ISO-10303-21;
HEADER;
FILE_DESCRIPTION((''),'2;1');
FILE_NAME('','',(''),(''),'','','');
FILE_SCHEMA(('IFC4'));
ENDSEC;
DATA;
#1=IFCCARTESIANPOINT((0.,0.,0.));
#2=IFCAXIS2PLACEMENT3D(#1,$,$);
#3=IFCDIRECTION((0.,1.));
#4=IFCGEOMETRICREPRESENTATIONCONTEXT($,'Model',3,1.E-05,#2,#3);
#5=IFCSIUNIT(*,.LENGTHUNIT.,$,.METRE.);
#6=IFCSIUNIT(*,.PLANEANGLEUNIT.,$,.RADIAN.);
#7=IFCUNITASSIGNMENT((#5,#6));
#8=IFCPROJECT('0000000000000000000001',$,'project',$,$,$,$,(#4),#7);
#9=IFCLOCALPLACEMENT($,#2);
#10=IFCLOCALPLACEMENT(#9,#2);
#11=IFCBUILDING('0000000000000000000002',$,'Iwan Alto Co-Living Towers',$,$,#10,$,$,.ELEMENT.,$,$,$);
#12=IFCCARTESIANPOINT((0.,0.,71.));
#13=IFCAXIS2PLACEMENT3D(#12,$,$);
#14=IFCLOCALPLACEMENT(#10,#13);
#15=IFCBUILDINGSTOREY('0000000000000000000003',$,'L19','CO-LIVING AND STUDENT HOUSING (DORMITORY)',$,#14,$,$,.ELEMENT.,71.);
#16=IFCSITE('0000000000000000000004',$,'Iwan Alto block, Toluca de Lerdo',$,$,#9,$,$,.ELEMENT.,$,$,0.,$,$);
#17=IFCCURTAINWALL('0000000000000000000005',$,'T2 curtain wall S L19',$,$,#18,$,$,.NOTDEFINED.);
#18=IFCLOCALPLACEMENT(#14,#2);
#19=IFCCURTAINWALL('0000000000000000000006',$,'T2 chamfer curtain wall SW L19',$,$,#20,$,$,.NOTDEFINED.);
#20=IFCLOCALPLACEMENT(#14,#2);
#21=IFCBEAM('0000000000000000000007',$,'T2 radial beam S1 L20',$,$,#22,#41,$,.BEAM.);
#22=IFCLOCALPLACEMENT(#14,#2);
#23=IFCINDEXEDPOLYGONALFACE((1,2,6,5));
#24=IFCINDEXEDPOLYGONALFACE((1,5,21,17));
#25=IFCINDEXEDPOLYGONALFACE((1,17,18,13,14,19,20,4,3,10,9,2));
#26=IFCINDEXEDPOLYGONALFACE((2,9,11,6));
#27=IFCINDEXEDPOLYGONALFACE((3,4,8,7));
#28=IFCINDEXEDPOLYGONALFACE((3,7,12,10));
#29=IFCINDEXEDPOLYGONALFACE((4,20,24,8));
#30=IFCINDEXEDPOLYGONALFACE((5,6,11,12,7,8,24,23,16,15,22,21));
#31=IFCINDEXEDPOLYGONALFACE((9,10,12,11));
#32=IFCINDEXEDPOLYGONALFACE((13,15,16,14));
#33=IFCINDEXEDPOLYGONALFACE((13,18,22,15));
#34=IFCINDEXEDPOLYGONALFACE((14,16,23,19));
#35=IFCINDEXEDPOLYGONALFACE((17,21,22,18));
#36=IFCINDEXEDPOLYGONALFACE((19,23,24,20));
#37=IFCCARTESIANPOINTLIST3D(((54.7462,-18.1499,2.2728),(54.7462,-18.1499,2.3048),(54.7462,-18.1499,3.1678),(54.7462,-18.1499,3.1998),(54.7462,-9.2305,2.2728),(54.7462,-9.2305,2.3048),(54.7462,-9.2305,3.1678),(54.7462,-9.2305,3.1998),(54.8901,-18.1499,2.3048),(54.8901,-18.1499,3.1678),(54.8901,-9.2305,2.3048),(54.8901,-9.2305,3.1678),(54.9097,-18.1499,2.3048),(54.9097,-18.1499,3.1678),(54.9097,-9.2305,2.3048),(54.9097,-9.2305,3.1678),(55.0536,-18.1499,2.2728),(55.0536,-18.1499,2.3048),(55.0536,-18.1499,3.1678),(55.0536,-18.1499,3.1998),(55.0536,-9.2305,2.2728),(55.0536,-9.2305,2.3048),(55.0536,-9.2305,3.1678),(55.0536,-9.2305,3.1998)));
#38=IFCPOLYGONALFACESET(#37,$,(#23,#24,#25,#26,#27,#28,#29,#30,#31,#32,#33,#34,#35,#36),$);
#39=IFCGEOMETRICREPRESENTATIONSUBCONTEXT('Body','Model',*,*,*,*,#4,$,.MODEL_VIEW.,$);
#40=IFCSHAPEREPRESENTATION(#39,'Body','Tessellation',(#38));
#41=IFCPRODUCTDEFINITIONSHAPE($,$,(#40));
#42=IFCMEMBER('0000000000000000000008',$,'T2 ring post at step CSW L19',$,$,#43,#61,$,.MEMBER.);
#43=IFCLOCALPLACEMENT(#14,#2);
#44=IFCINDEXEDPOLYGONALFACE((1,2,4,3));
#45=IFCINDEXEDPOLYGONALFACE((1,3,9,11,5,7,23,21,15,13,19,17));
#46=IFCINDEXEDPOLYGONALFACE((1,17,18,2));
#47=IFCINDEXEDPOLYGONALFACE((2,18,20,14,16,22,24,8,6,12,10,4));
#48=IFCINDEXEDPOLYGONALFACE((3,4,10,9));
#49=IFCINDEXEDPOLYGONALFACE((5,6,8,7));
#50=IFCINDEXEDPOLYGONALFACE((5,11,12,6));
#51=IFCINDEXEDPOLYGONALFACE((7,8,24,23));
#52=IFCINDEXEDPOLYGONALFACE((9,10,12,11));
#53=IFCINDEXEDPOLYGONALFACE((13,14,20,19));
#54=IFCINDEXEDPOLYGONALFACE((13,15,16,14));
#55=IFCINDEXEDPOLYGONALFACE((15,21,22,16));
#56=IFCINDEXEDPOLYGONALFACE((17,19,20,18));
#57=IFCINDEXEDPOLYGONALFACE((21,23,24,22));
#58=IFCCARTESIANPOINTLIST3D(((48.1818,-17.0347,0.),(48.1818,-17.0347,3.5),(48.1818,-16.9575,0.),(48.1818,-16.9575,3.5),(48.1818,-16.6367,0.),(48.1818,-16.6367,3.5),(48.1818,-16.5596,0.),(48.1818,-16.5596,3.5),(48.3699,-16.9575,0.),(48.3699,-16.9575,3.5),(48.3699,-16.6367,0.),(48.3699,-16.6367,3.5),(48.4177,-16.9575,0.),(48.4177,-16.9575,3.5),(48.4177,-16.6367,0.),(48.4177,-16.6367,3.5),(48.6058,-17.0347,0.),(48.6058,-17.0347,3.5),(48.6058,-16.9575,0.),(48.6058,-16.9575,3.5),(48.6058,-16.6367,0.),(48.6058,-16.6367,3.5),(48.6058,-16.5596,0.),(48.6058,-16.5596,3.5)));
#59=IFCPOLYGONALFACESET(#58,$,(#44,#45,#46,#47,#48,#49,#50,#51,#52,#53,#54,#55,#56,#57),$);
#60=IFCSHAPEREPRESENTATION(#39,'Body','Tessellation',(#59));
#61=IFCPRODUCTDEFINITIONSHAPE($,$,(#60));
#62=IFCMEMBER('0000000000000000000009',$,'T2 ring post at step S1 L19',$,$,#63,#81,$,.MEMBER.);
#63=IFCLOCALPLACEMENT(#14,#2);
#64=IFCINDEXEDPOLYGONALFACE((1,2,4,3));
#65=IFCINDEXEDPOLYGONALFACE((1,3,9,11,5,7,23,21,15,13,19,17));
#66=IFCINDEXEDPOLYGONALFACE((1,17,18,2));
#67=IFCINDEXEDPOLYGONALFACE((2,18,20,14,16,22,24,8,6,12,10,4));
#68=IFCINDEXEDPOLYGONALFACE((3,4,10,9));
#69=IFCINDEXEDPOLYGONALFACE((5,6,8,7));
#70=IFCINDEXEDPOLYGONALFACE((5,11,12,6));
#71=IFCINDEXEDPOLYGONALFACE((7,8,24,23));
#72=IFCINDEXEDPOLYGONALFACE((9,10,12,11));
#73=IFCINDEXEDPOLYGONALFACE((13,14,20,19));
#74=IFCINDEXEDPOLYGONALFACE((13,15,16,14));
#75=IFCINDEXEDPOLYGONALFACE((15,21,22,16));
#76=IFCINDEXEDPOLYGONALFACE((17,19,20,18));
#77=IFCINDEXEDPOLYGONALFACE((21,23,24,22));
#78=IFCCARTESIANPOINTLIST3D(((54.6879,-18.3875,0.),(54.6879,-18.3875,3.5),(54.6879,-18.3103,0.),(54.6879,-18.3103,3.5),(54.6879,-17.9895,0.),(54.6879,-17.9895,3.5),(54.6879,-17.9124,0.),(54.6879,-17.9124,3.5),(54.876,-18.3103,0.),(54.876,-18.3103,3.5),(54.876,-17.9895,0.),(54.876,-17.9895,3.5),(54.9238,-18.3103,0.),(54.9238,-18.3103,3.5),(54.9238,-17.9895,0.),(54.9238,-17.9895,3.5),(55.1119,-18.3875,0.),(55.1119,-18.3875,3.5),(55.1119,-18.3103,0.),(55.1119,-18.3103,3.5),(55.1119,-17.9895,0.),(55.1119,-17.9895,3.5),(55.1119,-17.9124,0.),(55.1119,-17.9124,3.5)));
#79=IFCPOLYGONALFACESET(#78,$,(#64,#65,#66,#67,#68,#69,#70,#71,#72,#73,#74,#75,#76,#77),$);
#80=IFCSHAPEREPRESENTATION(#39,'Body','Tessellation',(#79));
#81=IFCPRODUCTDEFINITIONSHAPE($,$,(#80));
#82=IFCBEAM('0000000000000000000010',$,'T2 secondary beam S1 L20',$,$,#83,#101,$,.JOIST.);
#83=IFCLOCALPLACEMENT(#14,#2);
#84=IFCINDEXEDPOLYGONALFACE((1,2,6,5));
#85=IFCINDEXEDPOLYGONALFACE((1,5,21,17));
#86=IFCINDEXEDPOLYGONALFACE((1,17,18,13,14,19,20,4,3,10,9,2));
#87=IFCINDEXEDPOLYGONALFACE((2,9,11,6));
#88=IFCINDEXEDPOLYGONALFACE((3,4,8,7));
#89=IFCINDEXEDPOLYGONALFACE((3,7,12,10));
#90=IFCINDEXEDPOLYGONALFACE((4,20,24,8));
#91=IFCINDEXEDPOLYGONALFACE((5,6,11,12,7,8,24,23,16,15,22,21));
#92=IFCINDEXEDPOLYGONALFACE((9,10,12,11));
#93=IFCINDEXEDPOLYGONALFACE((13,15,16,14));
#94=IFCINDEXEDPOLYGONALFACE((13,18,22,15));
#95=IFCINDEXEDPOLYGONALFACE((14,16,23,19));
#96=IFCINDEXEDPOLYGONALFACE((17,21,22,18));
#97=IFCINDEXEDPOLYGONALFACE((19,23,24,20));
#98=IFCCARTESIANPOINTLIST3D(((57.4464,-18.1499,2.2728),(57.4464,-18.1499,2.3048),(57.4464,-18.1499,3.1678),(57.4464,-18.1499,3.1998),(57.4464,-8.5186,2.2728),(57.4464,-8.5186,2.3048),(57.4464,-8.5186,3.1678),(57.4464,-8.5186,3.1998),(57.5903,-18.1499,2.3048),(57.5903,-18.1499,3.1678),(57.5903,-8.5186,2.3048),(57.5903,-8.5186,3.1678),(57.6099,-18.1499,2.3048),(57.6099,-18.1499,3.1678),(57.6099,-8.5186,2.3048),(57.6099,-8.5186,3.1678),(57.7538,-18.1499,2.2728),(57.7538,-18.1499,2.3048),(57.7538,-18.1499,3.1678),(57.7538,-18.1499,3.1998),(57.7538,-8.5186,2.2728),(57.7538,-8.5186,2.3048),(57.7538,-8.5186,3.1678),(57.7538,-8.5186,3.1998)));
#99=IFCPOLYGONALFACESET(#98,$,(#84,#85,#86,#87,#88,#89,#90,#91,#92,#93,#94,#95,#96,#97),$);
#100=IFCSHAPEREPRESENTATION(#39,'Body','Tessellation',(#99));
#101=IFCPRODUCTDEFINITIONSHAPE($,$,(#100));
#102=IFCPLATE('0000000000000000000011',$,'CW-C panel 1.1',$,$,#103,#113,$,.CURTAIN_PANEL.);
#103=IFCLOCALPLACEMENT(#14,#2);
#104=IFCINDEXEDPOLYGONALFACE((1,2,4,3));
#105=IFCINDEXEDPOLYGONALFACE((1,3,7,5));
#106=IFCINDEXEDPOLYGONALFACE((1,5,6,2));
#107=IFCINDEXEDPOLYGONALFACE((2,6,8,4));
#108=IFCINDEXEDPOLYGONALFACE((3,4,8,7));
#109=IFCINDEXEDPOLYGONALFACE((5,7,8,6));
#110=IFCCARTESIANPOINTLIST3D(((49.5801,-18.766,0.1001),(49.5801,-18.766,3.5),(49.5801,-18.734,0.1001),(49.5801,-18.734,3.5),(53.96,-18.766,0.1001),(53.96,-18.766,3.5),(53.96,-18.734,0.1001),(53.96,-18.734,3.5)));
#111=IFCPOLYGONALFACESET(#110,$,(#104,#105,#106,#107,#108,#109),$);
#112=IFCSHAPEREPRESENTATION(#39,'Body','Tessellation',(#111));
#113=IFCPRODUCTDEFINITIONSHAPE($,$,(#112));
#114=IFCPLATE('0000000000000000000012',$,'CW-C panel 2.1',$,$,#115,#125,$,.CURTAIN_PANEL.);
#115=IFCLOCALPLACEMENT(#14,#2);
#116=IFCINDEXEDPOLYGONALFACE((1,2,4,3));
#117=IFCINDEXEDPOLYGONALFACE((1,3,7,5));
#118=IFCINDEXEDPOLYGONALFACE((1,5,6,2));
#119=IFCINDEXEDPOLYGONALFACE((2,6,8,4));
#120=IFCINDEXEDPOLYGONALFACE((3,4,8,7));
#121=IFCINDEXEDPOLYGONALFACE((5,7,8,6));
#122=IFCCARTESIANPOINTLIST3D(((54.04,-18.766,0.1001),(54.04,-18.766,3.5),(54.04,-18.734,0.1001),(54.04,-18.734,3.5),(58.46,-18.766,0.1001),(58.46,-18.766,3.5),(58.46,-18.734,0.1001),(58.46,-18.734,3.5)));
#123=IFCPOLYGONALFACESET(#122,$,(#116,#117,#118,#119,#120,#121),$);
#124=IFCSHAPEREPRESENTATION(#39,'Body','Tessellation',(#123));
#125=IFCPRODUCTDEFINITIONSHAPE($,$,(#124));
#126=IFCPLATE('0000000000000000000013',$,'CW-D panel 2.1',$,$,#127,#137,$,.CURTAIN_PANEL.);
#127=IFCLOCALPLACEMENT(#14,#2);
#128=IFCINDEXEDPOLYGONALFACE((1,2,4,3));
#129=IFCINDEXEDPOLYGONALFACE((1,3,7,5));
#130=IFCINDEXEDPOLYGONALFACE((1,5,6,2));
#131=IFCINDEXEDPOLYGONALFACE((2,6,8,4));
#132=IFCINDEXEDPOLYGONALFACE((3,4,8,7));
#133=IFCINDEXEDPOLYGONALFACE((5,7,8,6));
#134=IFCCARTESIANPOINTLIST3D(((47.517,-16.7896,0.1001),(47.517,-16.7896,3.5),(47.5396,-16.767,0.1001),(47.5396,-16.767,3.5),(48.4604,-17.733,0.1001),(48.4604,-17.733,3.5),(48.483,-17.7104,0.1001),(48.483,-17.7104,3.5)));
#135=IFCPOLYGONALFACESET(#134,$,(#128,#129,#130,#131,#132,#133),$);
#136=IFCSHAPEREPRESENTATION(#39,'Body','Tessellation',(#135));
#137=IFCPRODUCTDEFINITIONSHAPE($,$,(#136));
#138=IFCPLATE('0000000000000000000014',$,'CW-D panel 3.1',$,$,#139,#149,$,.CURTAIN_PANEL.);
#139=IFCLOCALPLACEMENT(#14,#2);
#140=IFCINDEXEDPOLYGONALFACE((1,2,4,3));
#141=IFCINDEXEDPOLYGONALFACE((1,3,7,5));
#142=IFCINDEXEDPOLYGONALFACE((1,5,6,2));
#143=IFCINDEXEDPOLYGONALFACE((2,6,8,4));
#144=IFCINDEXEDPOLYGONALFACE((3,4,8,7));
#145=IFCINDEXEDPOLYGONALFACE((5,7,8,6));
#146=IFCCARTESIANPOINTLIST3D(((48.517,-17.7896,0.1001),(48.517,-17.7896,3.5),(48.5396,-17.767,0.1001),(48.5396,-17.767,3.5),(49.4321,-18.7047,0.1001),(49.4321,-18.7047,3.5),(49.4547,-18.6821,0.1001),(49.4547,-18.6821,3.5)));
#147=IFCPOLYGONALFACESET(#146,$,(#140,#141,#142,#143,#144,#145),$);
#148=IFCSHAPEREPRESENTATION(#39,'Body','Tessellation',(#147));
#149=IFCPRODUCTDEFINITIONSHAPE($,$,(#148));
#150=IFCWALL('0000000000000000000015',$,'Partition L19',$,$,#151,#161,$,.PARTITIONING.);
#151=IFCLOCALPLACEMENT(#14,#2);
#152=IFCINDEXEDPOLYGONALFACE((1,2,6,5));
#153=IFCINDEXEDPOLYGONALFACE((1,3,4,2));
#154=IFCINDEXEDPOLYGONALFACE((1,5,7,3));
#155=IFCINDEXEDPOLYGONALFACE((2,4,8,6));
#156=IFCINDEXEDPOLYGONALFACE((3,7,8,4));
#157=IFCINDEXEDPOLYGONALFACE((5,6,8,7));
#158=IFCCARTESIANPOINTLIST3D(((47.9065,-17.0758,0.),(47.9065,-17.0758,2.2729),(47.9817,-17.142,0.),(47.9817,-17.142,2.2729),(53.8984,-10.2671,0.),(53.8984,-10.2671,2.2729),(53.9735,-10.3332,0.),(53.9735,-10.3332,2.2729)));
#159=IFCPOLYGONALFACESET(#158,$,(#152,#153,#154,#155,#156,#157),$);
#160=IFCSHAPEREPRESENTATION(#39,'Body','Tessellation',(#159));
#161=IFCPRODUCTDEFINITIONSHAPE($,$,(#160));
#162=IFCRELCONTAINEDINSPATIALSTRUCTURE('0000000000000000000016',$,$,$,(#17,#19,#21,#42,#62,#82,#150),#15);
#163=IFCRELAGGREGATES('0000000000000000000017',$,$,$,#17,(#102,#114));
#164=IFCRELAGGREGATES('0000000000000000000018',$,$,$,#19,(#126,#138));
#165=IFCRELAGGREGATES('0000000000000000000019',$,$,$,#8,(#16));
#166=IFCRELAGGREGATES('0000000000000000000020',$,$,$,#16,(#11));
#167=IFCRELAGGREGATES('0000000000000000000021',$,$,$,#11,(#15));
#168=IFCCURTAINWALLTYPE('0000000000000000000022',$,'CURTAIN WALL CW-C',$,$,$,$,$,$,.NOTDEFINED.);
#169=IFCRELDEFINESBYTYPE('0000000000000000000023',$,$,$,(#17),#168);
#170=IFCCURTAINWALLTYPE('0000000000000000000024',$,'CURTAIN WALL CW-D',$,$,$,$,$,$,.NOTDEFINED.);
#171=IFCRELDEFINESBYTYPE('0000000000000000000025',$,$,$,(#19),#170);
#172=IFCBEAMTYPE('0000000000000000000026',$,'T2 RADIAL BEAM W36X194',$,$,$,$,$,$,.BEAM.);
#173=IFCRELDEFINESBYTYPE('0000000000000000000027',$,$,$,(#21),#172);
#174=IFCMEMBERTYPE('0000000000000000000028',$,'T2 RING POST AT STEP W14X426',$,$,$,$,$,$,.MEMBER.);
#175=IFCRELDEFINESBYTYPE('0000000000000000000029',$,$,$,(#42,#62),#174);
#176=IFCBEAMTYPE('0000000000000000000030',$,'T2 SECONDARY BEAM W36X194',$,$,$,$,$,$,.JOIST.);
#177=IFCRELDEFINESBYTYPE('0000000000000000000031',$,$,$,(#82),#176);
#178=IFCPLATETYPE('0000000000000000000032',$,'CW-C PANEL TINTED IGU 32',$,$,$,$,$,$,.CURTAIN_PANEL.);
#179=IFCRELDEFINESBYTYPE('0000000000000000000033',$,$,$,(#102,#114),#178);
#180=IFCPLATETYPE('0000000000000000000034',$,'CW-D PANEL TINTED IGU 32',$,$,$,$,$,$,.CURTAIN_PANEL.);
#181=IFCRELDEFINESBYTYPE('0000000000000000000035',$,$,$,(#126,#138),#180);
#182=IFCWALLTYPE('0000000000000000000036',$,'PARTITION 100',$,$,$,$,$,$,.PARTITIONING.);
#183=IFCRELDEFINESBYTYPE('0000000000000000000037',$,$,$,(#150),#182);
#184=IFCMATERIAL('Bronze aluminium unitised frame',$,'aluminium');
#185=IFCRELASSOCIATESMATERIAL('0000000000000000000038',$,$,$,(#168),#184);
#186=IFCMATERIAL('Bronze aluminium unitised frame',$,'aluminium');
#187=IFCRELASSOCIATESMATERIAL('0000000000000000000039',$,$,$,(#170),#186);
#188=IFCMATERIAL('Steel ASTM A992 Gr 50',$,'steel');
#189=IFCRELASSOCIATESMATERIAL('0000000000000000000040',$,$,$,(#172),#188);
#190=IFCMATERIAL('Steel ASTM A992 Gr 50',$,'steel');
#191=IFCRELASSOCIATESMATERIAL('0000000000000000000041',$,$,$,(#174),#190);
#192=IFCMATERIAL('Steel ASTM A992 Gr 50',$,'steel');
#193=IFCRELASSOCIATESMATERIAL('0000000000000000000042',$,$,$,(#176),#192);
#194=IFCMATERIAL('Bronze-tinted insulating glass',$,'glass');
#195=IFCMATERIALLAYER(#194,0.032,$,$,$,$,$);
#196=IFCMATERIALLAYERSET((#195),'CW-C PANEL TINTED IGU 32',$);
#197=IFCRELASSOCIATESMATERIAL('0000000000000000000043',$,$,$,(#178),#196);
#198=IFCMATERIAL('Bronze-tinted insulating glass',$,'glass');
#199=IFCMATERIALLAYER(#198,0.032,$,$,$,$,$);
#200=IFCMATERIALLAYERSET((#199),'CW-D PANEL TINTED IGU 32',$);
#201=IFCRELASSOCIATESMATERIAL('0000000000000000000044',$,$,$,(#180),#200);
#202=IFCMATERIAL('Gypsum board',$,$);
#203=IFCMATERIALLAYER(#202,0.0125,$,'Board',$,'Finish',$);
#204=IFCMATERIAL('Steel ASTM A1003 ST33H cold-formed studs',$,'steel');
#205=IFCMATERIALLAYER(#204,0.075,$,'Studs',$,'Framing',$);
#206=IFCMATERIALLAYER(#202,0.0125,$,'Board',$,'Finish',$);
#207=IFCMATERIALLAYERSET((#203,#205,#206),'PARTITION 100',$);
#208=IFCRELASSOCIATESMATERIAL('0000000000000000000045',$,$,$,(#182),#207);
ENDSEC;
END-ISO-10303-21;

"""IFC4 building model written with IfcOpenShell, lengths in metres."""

from ifc_helpers import new_model, si_unit, direction, frame, frame_2d, origin, origin_2d, place, context, subcontext, project, spatial, rectangle, i_section, extrude, material, layer, layer_set, material_profile, profile_set, type_object, element, aggregate, save


model = new_model("IFC4")

# Units and contexts
model_context = context("Model", 3, precision=1e-05, world=origin(), true_north=direction((0.0, 1.0)))
body_context = subcontext(model_context, "Body", "Model", "MODEL_VIEW")
ifc_project = project(units=[si_unit("LENGTHUNIT", "METRE"), si_unit("PLANEANGLEUNIT", "RADIAN")], contexts=[model_context])

# Site, building, storey
site_placement = place(None, origin())
site = spatial("IfcSite", under=ifc_project, at=site_placement, Name="Iwan Alto block, Toluca de Lerdo", CompositionType="ELEMENT", RefElevation=0.0)
building_placement = place(site_placement, origin())
building = spatial("IfcBuilding", under=site, at=building_placement, Name="Iwan Alto Co-Living Towers", CompositionType="ELEMENT")
storey_placement = place(building_placement, frame((0.0, 0.0, 71.0)))
storey = spatial("IfcBuildingStorey", under=building, at=storey_placement, Name="L19", Description="CO-LIVING AND STUDENT HOUSING (DORMITORY)", CompositionType="ELEMENT", Elevation=71.0)

# Curtain walls
ifc_material_1 = material(Name="Bronze aluminium unitised frame", Category="aluminium")
curtain_wall_type_1 = type_object("IfcCurtainWallType", Name="CURTAIN WALL CW-C", PredefinedType="NOTDEFINED", material=ifc_material_1)
curtain_wall_1_placement = place(storey_placement, origin())
curtain_wall_1 = element("IfcCurtainWall", 1, at=curtain_wall_1_placement, inside=storey, type_object=curtain_wall_type_1, Name="T2 curtain wall S L19", PredefinedType="NOTDEFINED")
ifc_material_2 = material(Name="Bronze aluminium unitised frame", Category="aluminium")
curtain_wall_type_2 = type_object("IfcCurtainWallType", Name="CURTAIN WALL CW-D", PredefinedType="NOTDEFINED", material=ifc_material_2)
curtain_wall_2_placement = place(storey_placement, origin())
curtain_wall_2 = element("IfcCurtainWall", 2, at=curtain_wall_2_placement, inside=storey, type_object=curtain_wall_type_2, Name="T2 chamfer curtain wall SW L19", PredefinedType="NOTDEFINED")

# Beam
ifc_material_3 = material(Name="Steel ASTM A992 Gr 50", Category="steel")
ifc_material_profile_1 = material_profile(ifc_material_3, i_section(OverallWidth=0.3074, OverallDepth=0.927, WebThickness=0.0195, FlangeThickness=0.032, at=origin_2d()), Name="W36X194")
ifc_profile_set_1 = profile_set([ifc_material_profile_1], Name="Steel ASTM A992 Gr 50")
beam_type_1 = type_object("IfcBeamType", Name="T2 RADIAL BEAM W36X194", PredefinedType="BEAM", material=ifc_profile_set_1)
beam_1_placement = place(storey_placement, frame((54.8999, -18.1499, 2.7363), z_axis=(0.0, 1.0, 0.0), x_axis=(-1.0, 0.0, 0.0)))
element("IfcBeam", 3, at=beam_1_placement, inside=storey, type_object=beam_type_1, Name="T2 radial beam S1 L20", PredefinedType="BEAM", context=body_context, shape_type="SweptSolid", body=[
    extrude(i_section(OverallWidth=0.3074, OverallDepth=0.927, WebThickness=0.0195, FlangeThickness=0.032, at=origin_2d()), origin(), (0.0, 0.0, 1.0), 8.9194),
])

# Members
ifc_material_4 = material(Name="Steel ASTM A992 Gr 50", Category="steel")
ifc_material_profile_2 = material_profile(ifc_material_4, i_section(OverallWidth=0.4241, OverallDepth=0.4751, WebThickness=0.0479, FlangeThickness=0.0771, at=origin_2d()), Name="W14X426")
ifc_profile_set_2 = profile_set([ifc_material_profile_2], Name="Steel ASTM A992 Gr 50")
member_type_1 = type_object("IfcMemberType", Name="T2 RING POST AT STEP W14X426", PredefinedType="MEMBER", material=ifc_profile_set_2)
for number, where, z_axis, x_axis, name in (
    (4, (48.3938, -16.7971, 0.0), (0.0, 0.0, 1.0), (1.0, 0.0, 0.0), "T2 ring post at step CSW L19"),
    (5, (54.8999, -18.1499, 0.0), (0.0, 0.0, 1.0), (1.0, 0.0, 0.0), "T2 ring post at step S1 L19"),
):
    element("IfcMember", number, at=place(storey_placement, frame(where, z_axis=z_axis, x_axis=x_axis)), inside=storey, type_object=member_type_1, Name=name, PredefinedType="MEMBER", context=body_context, shape_type="SweptSolid", body=[
        extrude(i_section(OverallWidth=0.4241, OverallDepth=0.4751, WebThickness=0.0479, FlangeThickness=0.0771, at=origin_2d()), origin(), (0.0, 0.0, 1.0), 3.5),
    ])

# Beam
ifc_material_5 = material(Name="Steel ASTM A992 Gr 50", Category="steel")
ifc_material_profile_3 = material_profile(ifc_material_5, i_section(OverallWidth=0.3074, OverallDepth=0.927, WebThickness=0.0195, FlangeThickness=0.032, at=origin_2d()), Name="W36X194")
ifc_profile_set_3 = profile_set([ifc_material_profile_3], Name="Steel ASTM A992 Gr 50")
beam_type_2 = type_object("IfcBeamType", Name="T2 SECONDARY BEAM W36X194", PredefinedType="JOIST", material=ifc_profile_set_3)
beam_2_placement = place(storey_placement, frame((57.6001, -18.1499, 2.7363), z_axis=(0.0, 1.0, 0.0), x_axis=(-1.0, 0.0, 0.0)))
element("IfcBeam", 6, at=beam_2_placement, inside=storey, type_object=beam_type_2, Name="T2 secondary beam S1 L20", PredefinedType="JOIST", context=body_context, shape_type="SweptSolid", body=[
    extrude(i_section(OverallWidth=0.3074, OverallDepth=0.927, WebThickness=0.0195, FlangeThickness=0.032, at=origin_2d()), origin(), (0.0, 0.0, 1.0), 9.6313),
])

# Plates
ifc_material_6 = material(Name="Bronze-tinted insulating glass", Category="glass")
ifc_layer_1 = layer(ifc_material_6, 0.032)
ifc_layer_set_1 = layer_set([ifc_layer_1], Name="CW-C PANEL TINTED IGU 32")
plate_type_1 = type_object("IfcPlateType", Name="CW-C PANEL TINTED IGU 32", PredefinedType="CURTAIN_PANEL", material=ifc_layer_set_1)
plate_1_placement = place(storey_placement, frame((51.77, -18.75, 0.1001), z_axis=(0.0, 0.0, 1.0), x_axis=(1.0, 0.0, 0.0)))
plate_1 = element("IfcPlate", 7, at=plate_1_placement, type_object=plate_type_1, Name="CW-C panel 1.1", PredefinedType="CURTAIN_PANEL", context=body_context, shape_type="SweptSolid", body=[
    extrude(rectangle(XDim=4.3799, YDim=0.032, at=origin_2d()), origin(), (0.0, 0.0, 1.0), 3.3999),
])
plate_2_placement = place(storey_placement, frame((56.25, -18.75, 0.1001), z_axis=(0.0, 0.0, 1.0), x_axis=(1.0, 0.0, 0.0)))
plate_2 = element("IfcPlate", 8, at=plate_2_placement, type_object=plate_type_1, Name="CW-C panel 2.1", PredefinedType="CURTAIN_PANEL", context=body_context, shape_type="SweptSolid", body=[
    extrude(rectangle(XDim=4.4199, YDim=0.032, at=origin_2d()), origin(), (0.0, 0.0, 1.0), 3.3999),
])
aggregate(curtain_wall_1, [plate_1, plate_2])
ifc_material_7 = material(Name="Bronze-tinted insulating glass", Category="glass")
ifc_layer_2 = layer(ifc_material_7, 0.032)
ifc_layer_set_2 = layer_set([ifc_layer_2], Name="CW-D PANEL TINTED IGU 32")
plate_type_2 = type_object("IfcPlateType", Name="CW-D PANEL TINTED IGU 32", PredefinedType="CURTAIN_PANEL", material=ifc_layer_set_2)
plate_3_placement = place(storey_placement, frame((48.0, -17.25, 0.1001), z_axis=(0.0, 0.0, 1.0), x_axis=(0.707107, -0.707107, 0.0)))
plate_3 = element("IfcPlate", 9, at=plate_3_placement, type_object=plate_type_2, Name="CW-D panel 2.1", PredefinedType="CURTAIN_PANEL", context=body_context, shape_type="SweptSolid", body=[
    extrude(rectangle(XDim=1.3342, YDim=0.032, at=origin_2d()), origin(), (0.0, 0.0, 1.0), 3.3999),
])
plate_4_placement = place(storey_placement, frame((48.9858, -18.2358, 0.1001), z_axis=(0.0, 0.0, 1.0), x_axis=(0.707107, -0.707107, 0.0)))
plate_4 = element("IfcPlate", 10, at=plate_4_placement, type_object=plate_type_2, Name="CW-D panel 3.1", PredefinedType="CURTAIN_PANEL", context=body_context, shape_type="SweptSolid", body=[
    extrude(rectangle(XDim=1.2942, YDim=0.032, at=origin_2d()), origin(), (0.0, 0.0, 1.0), 3.3999),
])
aggregate(curtain_wall_2, [plate_3, plate_4])

# Wall
ifc_material_8 = material(Name="Gypsum board")
ifc_layer_3 = layer(ifc_material_8, 0.0125, Name="Board", Category="Finish")
ifc_material_9 = material(Name="Steel ASTM A1003 ST33H cold-formed studs", Category="steel")
ifc_layer_4 = layer(ifc_material_9, 0.075, Name="Studs", Category="Framing")
ifc_layer_5 = layer(ifc_material_8, 0.0125, Name="Board", Category="Finish")
ifc_layer_set_3 = layer_set([ifc_layer_3, ifc_layer_4, ifc_layer_5], Name="PARTITION 100")
wall_type = type_object("IfcWallType", Name="PARTITION 100", PredefinedType="PARTITIONING", material=ifc_layer_set_3)
wall_1_placement = place(storey_placement, frame((47.9441, -17.1089, 0.0), z_axis=(0.0, 0.0, 1.0), x_axis=(0.660638, 0.750704, 0.0)))
element("IfcWall", 11, at=wall_1_placement, inside=storey, type_object=wall_type, Name="Partition L19", PredefinedType="PARTITIONING", context=body_context, shape_type="SweptSolid", body=[
    extrude(rectangle(XDim=9.0698, YDim=0.1001, at=frame_2d((4.5349, 0.0))), origin(), (0.0, 0.0, 1.0), 2.2729),
])

save(model, "model.ifc")
